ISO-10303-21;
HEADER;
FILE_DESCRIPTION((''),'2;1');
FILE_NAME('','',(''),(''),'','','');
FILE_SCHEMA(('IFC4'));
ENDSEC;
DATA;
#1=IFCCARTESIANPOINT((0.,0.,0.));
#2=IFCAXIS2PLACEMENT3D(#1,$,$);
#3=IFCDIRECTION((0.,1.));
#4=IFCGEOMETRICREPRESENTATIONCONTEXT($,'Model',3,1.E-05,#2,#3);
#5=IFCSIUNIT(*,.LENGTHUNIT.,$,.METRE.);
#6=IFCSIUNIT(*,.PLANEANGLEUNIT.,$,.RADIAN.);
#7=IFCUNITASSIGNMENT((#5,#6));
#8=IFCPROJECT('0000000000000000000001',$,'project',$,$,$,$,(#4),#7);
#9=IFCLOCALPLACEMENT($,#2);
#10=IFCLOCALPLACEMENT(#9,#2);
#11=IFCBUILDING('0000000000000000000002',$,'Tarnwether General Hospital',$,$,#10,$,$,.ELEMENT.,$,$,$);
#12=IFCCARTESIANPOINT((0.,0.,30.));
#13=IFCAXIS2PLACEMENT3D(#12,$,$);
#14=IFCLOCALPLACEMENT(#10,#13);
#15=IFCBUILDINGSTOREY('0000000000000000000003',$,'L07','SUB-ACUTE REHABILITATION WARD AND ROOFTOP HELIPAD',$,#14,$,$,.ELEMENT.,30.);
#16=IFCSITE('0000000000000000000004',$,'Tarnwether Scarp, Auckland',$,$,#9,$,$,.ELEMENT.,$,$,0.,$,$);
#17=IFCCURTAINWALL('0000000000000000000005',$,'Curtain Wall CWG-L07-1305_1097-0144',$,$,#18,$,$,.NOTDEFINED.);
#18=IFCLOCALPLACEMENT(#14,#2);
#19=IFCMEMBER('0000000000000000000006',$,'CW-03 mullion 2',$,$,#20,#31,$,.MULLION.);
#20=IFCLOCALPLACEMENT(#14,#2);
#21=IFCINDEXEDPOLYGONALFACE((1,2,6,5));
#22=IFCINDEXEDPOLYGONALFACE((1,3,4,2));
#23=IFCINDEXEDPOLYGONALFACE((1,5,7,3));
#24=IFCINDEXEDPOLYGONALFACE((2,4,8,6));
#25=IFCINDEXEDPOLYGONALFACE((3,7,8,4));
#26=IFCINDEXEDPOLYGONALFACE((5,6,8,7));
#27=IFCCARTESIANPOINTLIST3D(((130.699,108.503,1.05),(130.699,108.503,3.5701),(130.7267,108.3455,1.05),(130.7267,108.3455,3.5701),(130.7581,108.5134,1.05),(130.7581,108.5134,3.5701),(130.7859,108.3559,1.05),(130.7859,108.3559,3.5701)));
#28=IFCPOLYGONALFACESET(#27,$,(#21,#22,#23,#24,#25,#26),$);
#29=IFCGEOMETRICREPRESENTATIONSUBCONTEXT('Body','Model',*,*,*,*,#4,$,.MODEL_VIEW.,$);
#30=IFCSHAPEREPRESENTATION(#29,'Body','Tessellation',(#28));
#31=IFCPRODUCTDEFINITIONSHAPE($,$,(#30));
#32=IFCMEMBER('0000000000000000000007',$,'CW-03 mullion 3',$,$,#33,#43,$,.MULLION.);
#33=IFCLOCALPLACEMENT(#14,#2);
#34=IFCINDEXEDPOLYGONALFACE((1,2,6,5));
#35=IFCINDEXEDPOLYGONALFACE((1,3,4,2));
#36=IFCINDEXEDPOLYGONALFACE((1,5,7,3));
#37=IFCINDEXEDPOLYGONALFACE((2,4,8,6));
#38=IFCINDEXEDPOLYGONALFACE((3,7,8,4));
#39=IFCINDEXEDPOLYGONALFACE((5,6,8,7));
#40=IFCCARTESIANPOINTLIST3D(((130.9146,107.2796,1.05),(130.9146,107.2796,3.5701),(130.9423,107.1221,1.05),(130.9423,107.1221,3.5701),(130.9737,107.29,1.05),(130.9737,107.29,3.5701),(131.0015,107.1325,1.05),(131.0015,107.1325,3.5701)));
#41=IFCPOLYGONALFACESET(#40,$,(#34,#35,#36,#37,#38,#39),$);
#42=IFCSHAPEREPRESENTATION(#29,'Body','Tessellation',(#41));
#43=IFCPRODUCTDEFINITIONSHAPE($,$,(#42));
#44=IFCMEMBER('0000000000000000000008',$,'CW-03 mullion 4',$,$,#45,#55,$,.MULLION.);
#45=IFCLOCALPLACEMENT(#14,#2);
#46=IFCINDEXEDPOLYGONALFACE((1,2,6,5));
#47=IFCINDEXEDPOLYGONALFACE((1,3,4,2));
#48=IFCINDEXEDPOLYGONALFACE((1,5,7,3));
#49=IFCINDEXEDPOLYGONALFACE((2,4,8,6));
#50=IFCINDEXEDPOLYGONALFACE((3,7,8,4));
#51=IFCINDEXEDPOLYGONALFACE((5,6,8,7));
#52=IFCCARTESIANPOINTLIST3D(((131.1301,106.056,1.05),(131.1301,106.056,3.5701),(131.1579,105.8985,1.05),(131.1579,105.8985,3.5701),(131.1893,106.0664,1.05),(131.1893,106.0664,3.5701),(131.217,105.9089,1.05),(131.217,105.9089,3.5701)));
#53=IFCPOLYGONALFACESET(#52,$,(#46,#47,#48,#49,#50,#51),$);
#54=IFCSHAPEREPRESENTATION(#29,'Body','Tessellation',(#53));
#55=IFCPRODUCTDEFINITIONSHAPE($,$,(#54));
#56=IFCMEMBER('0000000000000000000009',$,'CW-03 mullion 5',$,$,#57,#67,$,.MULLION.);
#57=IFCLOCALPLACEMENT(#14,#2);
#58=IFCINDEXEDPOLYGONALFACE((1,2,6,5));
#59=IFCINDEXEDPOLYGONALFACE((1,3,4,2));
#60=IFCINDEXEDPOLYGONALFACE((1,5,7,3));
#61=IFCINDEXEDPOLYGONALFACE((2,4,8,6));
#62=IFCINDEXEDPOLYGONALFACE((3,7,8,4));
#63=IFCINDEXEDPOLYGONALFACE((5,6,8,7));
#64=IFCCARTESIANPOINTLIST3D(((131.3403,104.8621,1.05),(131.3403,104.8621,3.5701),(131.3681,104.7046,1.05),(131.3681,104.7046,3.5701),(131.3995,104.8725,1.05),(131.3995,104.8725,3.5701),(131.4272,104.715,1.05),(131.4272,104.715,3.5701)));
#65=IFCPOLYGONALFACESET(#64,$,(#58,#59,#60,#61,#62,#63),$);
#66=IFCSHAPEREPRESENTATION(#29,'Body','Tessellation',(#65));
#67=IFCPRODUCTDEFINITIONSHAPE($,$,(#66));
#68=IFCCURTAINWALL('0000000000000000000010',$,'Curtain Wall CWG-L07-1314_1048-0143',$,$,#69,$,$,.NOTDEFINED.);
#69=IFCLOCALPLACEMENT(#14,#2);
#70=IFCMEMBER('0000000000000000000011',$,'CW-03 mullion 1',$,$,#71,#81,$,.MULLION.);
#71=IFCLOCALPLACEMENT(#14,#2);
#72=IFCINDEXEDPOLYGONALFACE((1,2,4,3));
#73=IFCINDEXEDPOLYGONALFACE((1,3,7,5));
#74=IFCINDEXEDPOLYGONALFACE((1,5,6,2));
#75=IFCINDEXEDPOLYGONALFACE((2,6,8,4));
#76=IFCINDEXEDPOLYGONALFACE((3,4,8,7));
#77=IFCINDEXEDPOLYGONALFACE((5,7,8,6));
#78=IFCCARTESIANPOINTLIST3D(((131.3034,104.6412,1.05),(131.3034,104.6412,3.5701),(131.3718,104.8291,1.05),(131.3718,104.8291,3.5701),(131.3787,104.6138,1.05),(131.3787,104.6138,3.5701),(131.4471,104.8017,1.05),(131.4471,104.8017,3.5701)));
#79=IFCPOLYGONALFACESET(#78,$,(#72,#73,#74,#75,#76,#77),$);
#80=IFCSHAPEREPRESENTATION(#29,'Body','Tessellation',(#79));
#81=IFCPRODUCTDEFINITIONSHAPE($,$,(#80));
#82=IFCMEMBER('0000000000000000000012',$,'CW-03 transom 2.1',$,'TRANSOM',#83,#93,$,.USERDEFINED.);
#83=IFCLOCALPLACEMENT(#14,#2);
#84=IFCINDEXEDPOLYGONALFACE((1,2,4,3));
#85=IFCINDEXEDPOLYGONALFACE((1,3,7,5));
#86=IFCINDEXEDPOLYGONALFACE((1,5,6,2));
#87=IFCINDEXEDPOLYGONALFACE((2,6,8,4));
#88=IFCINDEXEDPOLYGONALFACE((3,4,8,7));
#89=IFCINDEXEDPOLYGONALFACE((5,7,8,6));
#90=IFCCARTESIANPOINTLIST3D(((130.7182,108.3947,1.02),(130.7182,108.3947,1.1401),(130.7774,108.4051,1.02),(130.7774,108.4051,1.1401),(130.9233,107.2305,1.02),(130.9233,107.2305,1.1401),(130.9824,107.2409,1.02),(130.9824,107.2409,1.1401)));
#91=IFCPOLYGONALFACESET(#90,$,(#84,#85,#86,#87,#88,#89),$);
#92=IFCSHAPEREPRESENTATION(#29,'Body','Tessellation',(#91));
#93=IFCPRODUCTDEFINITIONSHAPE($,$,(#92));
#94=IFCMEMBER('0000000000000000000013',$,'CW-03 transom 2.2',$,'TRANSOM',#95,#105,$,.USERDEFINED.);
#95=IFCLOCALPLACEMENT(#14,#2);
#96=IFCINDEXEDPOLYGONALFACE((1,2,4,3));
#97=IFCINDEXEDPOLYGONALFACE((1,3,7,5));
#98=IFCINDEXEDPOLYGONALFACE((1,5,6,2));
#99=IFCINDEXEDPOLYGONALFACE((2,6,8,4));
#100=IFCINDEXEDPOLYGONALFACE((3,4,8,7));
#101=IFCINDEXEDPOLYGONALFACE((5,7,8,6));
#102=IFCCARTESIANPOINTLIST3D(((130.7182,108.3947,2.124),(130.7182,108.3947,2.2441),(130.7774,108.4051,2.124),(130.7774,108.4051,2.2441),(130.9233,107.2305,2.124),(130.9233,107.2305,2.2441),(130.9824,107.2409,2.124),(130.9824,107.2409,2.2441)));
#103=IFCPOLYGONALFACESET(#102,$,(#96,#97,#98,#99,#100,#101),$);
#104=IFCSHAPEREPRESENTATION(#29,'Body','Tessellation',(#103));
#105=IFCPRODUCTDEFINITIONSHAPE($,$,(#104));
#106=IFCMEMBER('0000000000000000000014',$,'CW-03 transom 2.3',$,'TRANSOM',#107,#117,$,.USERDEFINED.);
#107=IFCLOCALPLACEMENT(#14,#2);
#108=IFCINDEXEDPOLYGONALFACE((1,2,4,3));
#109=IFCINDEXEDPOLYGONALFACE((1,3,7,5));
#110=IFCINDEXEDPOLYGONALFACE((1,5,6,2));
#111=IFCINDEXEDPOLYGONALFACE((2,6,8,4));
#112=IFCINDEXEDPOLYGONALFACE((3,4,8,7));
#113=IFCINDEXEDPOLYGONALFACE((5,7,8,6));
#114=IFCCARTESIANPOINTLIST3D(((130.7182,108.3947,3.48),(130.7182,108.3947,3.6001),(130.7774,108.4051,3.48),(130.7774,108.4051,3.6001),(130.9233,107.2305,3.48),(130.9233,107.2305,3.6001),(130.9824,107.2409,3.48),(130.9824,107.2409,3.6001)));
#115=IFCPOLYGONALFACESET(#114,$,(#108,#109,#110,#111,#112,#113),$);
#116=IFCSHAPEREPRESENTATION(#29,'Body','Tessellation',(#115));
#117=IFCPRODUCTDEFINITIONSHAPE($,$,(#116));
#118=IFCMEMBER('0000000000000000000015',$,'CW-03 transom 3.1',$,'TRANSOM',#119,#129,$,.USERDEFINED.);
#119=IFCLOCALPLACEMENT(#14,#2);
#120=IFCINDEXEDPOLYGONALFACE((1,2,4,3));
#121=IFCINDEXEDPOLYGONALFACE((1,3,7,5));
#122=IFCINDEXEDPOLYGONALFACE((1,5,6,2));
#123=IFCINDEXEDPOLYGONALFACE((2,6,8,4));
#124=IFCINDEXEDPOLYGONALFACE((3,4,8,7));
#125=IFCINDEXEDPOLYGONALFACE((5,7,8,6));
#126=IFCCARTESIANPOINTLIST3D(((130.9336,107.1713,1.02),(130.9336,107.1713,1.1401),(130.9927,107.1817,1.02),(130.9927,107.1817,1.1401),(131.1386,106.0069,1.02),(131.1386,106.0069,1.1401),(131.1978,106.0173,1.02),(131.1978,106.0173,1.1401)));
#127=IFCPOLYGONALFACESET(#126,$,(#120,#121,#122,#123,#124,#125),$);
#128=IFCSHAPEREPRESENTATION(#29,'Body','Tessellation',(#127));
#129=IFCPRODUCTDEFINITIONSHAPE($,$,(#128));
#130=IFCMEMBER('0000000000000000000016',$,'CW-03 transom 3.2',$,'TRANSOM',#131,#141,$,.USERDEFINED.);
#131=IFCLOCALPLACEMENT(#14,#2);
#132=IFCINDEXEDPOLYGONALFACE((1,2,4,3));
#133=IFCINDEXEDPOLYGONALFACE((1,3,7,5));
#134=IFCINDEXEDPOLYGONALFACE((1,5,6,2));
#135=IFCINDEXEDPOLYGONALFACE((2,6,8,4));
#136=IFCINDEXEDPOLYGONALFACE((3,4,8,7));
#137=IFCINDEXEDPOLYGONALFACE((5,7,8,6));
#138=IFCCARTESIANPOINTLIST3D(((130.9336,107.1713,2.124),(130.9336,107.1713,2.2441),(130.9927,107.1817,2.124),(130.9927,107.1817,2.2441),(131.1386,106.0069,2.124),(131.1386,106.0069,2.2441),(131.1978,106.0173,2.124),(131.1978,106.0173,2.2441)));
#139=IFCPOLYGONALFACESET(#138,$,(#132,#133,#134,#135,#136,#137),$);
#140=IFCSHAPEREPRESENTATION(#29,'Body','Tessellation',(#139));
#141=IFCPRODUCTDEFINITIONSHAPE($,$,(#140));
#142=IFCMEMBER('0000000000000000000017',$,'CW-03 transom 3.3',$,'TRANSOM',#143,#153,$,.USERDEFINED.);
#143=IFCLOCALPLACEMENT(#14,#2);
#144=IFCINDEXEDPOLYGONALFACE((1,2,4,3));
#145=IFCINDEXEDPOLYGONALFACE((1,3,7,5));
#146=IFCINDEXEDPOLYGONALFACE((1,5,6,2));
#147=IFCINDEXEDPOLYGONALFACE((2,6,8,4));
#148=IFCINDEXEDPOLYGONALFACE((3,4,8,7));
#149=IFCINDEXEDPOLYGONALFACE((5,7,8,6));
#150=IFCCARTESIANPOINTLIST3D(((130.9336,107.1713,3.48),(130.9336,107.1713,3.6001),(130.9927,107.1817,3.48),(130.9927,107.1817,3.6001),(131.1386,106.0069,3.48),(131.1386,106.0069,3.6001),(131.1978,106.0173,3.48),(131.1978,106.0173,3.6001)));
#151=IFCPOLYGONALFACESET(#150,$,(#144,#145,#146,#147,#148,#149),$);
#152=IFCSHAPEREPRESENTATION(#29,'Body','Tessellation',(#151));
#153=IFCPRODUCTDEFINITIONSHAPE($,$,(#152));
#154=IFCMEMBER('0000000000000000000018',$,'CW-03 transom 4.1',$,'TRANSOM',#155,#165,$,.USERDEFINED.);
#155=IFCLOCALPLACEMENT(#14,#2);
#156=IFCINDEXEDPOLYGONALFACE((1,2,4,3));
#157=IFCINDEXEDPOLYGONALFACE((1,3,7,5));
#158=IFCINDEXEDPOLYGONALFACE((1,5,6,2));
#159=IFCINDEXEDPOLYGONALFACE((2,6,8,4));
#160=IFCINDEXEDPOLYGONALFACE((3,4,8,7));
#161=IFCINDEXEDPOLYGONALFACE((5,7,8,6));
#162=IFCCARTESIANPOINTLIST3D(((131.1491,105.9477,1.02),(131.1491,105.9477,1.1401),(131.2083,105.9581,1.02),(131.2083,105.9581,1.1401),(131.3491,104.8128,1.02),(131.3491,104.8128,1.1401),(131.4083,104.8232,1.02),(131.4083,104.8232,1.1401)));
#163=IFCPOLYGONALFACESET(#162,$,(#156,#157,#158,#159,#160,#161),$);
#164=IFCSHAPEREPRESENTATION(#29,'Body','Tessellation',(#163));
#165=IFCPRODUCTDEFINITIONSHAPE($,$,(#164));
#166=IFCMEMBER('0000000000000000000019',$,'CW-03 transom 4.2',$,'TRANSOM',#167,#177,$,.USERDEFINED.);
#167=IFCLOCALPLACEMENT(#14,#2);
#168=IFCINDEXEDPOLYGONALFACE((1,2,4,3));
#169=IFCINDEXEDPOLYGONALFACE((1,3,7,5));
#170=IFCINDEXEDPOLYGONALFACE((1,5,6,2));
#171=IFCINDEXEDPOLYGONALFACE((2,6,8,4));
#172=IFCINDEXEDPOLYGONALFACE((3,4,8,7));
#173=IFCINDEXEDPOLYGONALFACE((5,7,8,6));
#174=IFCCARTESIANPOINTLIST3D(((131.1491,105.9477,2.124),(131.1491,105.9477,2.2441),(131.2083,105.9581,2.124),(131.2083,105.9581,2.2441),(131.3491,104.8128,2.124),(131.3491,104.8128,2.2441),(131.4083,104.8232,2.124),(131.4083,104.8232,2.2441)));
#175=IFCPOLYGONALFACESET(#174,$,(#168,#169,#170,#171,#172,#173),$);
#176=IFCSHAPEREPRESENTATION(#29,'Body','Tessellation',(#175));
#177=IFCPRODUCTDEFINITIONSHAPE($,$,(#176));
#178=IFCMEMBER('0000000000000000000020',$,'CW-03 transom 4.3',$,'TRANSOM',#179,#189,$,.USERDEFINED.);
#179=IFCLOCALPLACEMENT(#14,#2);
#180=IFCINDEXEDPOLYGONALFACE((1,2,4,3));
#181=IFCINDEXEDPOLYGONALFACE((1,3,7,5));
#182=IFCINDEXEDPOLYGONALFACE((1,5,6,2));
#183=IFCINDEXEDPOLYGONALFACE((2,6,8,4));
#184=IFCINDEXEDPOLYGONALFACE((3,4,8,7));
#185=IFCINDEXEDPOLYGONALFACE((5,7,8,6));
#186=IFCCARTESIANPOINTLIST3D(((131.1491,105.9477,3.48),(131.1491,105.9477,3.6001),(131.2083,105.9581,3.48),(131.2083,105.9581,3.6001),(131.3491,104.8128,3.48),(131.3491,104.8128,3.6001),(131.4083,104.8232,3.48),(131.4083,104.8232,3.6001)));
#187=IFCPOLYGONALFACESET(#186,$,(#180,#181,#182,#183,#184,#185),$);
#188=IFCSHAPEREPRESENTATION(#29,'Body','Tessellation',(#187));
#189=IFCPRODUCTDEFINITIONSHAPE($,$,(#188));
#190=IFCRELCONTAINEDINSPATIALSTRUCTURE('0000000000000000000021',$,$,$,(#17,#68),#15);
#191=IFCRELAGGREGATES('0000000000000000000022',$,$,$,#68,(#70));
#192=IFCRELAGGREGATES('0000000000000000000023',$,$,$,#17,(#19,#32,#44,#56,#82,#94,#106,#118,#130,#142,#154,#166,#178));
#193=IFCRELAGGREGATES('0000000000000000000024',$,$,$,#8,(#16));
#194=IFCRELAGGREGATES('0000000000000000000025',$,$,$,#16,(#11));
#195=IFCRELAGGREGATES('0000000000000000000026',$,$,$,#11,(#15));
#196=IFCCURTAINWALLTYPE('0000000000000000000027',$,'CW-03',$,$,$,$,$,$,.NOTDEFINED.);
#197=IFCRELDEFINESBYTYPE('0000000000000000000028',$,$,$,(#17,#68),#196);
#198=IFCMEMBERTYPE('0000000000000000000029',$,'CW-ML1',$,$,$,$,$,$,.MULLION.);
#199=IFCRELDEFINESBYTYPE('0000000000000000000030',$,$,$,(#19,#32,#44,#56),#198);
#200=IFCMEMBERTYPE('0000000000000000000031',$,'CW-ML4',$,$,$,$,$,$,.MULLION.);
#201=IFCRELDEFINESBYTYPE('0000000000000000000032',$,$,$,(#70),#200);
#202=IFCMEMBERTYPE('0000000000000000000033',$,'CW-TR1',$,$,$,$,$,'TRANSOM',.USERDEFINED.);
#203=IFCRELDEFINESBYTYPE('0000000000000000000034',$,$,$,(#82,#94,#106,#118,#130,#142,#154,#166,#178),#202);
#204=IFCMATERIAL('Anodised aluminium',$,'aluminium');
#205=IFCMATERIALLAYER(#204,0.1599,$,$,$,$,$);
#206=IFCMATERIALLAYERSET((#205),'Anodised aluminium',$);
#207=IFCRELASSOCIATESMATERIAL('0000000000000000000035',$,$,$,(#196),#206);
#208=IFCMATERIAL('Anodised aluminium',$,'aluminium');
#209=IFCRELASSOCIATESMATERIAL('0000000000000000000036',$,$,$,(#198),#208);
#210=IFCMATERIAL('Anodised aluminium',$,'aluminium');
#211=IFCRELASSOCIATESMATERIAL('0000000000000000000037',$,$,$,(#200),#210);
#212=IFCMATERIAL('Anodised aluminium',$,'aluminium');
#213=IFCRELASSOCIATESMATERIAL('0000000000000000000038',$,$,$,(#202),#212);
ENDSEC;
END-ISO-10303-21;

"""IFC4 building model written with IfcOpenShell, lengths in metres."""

from ifc_helpers import new_model, si_unit, direction, frame, origin, origin_2d, place, context, subcontext, project, spatial, rectangle, extrude, material, layer, layer_set, material_profile, profile_set, type_object, element, aggregate, save


model = new_model("IFC4")

# Units and contexts
model_context = context("Model", 3, precision=1e-05, world=origin(), true_north=direction((0.0, 1.0)))
body_context = subcontext(model_context, "Body", "Model", "MODEL_VIEW")
ifc_project = project(units=[si_unit("LENGTHUNIT", "METRE"), si_unit("PLANEANGLEUNIT", "RADIAN")], contexts=[model_context])

# Site, building, storey
site_placement = place(None, origin())
site = spatial("IfcSite", under=ifc_project, at=site_placement, Name="Tarnwether Scarp, Auckland", CompositionType="ELEMENT", RefElevation=0.0)
building_placement = place(site_placement, origin())
building = spatial("IfcBuilding", under=site, at=building_placement, Name="Tarnwether General Hospital", CompositionType="ELEMENT")
storey_placement = place(building_placement, frame((0.0, 0.0, 30.0)))
storey = spatial("IfcBuildingStorey", under=building, at=storey_placement, Name="L07", Description="SUB-ACUTE REHABILITATION WARD AND ROOFTOP HELIPAD", CompositionType="ELEMENT", Elevation=30.0)

# Curtain wall, members
ifc_material_1 = material(Name="Anodised aluminium", Category="aluminium")
ifc_layer_1 = layer(ifc_material_1, 0.1599)
ifc_layer_set_1 = layer_set([ifc_layer_1], Name="Anodised aluminium")
curtain_wall_type = type_object("IfcCurtainWallType", Name="CW-03", PredefinedType="NOTDEFINED", material=ifc_layer_set_1)
curtain_wall_1_placement = place(storey_placement, origin())
curtain_wall_1 = element("IfcCurtainWall", 1, at=curtain_wall_1_placement, inside=storey, type_object=curtain_wall_type, Name="Curtain Wall CWG-L07-1305_1097-0144", PredefinedType="NOTDEFINED")
ifc_material_2 = material(Name="Anodised aluminium", Category="aluminium")
ifc_material_profile_1 = material_profile(ifc_material_2, rectangle(XDim=0.0601, YDim=0.1599, at=origin_2d()), Name="ALU-MUL-60x160")
ifc_profile_set_1 = profile_set([ifc_material_profile_1], Name="Anodised aluminium")
member_type_1 = type_object("IfcMemberType", Name="CW-ML1", PredefinedType="MULLION", material=ifc_profile_set_1)
member_1_placement = place(storey_placement, frame((130.7424, 108.4294, 1.05), z_axis=(0.0, 0.0, 1.0), x_axis=(0.98484, 0.173464, 0.0)))
member_1 = element("IfcMember", 2, at=member_1_placement, type_object=member_type_1, Name="CW-03 mullion 2", PredefinedType="MULLION", context=body_context, shape_type="SweptSolid", body=[
    extrude(rectangle(XDim=0.0601, YDim=0.1599, at=origin_2d()), origin(), (0.0, 0.0, 1.0), 2.52),
])
member_2_placement = place(storey_placement, frame((130.958, 107.2061, 1.05), z_axis=(0.0, 0.0, 1.0), x_axis=(0.98484, 0.173464, 0.0)))
member_2 = element("IfcMember", 3, at=member_2_placement, type_object=member_type_1, Name="CW-03 mullion 3", PredefinedType="MULLION", context=body_context, shape_type="SweptSolid", body=[
    extrude(rectangle(XDim=0.0601, YDim=0.1599, at=origin_2d()), origin(), (0.0, 0.0, 1.0), 2.52),
])
member_3_placement = place(storey_placement, frame((131.1736, 105.9824, 1.05), z_axis=(0.0, 0.0, 1.0), x_axis=(0.98484, 0.173464, 0.0)))
member_3 = element("IfcMember", 4, at=member_3_placement, type_object=member_type_1, Name="CW-03 mullion 4", PredefinedType="MULLION", context=body_context, shape_type="SweptSolid", body=[
    extrude(rectangle(XDim=0.0601, YDim=0.1599, at=origin_2d()), origin(), (0.0, 0.0, 1.0), 2.52),
])
member_4_placement = place(storey_placement, frame((131.3838, 104.7886, 1.05), z_axis=(0.0, 0.0, 1.0), x_axis=(0.98484, 0.173464, 0.0)))
member_4 = element("IfcMember", 5, at=member_4_placement, type_object=member_type_1, Name="CW-03 mullion 5", PredefinedType="MULLION", context=body_context, shape_type="SweptSolid", body=[
    extrude(rectangle(XDim=0.0601, YDim=0.1599, at=origin_2d()), origin(), (0.0, 0.0, 1.0), 2.52),
])

# Curtain wall, member
curtain_wall_2_placement = place(storey_placement, origin())
curtain_wall_2 = element("IfcCurtainWall", 6, at=curtain_wall_2_placement, inside=storey, type_object=curtain_wall_type, Name="Curtain Wall CWG-L07-1314_1048-0143", PredefinedType="NOTDEFINED")
ifc_material_3 = material(Name="Anodised aluminium", Category="aluminium")
ifc_material_profile_2 = material_profile(ifc_material_3, rectangle(XDim=0.0801, YDim=0.2, at=origin_2d()), Name="ALU-MUL-80x200")
ifc_profile_set_2 = profile_set([ifc_material_profile_2], Name="Anodised aluminium")
member_type_2 = type_object("IfcMemberType", Name="CW-ML4", PredefinedType="MULLION", material=ifc_profile_set_2)
member_5_placement = place(storey_placement, frame((131.3752, 104.7214, 1.05), z_axis=(0.0, 0.0, 1.0), x_axis=(0.939717, -0.341953, 0.0)))
member_5 = element("IfcMember", 7, at=member_5_placement, type_object=member_type_2, Name="CW-03 mullion 1", PredefinedType="MULLION", context=body_context, shape_type="SweptSolid", body=[
    extrude(rectangle(XDim=0.0801, YDim=0.2, at=origin_2d()), origin(), (0.0, 0.0, 1.0), 2.52),
])

# Members
ifc_material_4 = material(Name="Anodised aluminium", Category="aluminium")
ifc_material_profile_3 = material_profile(ifc_material_4, rectangle(XDim=0.0601, YDim=0.1201, at=origin_2d()), Name="ALU-TRN-60x120")
ifc_profile_set_3 = profile_set([ifc_material_profile_3], Name="Anodised aluminium")
member_type_3 = type_object("IfcMemberType", Name="CW-TR1", ElementType="TRANSOM", PredefinedType="USERDEFINED", material=ifc_profile_set_3)
member_6_placement = place(storey_placement, frame((130.7478, 108.3999, 1.0801), z_axis=(0.173467, -0.98484, 0.0), x_axis=(0.98484, 0.173467, 0.0)))
member_6 = element("IfcMember", 8, at=member_6_placement, type_object=member_type_3, Name="CW-03 transom 2.1", ObjectType="TRANSOM", PredefinedType="USERDEFINED", context=body_context, shape_type="SweptSolid", body=[
    extrude(rectangle(XDim=0.0601, YDim=0.1201, at=origin_2d()), origin(), (0.0, 0.0, 1.0), 1.1821),
])
member_7_placement = place(storey_placement, frame((130.7478, 108.3999, 2.1841), z_axis=(0.173467, -0.98484, 0.0), x_axis=(0.98484, 0.173467, 0.0)))
member_7 = element("IfcMember", 9, at=member_7_placement, type_object=member_type_3, Name="CW-03 transom 2.2", ObjectType="TRANSOM", PredefinedType="USERDEFINED", context=body_context, shape_type="SweptSolid", body=[
    extrude(rectangle(XDim=0.0601, YDim=0.1201, at=origin_2d()), origin(), (0.0, 0.0, 1.0), 1.1821),
])
member_8_placement = place(storey_placement, frame((130.7478, 108.3999, 3.54), z_axis=(0.173467, -0.98484, 0.0), x_axis=(0.98484, 0.173467, 0.0)))
member_8 = element("IfcMember", 10, at=member_8_placement, type_object=member_type_3, Name="CW-03 transom 2.3", ObjectType="TRANSOM", PredefinedType="USERDEFINED", context=body_context, shape_type="SweptSolid", body=[
    extrude(rectangle(XDim=0.0601, YDim=0.1201, at=origin_2d()), origin(), (0.0, 0.0, 1.0), 1.1821),
])
member_9_placement = place(storey_placement, frame((130.9631, 107.1765, 1.0801), z_axis=(0.173432, -0.984846, 0.0), x_axis=(0.984846, 0.173432, 0.0)))
member_9 = element("IfcMember", 11, at=member_9_placement, type_object=member_type_3, Name="CW-03 transom 3.1", ObjectType="TRANSOM", PredefinedType="USERDEFINED", context=body_context, shape_type="SweptSolid", body=[
    extrude(rectangle(XDim=0.0601, YDim=0.1201, at=origin_2d()), origin(), (0.0, 0.0, 1.0), 1.1824),
])
member_10_placement = place(storey_placement, frame((130.9631, 107.1765, 2.1841), z_axis=(0.173432, -0.984846, 0.0), x_axis=(0.984846, 0.173432, 0.0)))
member_10 = element("IfcMember", 12, at=member_10_placement, type_object=member_type_3, Name="CW-03 transom 3.2", ObjectType="TRANSOM", PredefinedType="USERDEFINED", context=body_context, shape_type="SweptSolid", body=[
    extrude(rectangle(XDim=0.0601, YDim=0.1201, at=origin_2d()), origin(), (0.0, 0.0, 1.0), 1.1824),
])
member_11_placement = place(storey_placement, frame((130.9631, 107.1765, 3.54), z_axis=(0.173432, -0.984846, 0.0), x_axis=(0.984846, 0.173432, 0.0)))
member_11 = element("IfcMember", 13, at=member_11_placement, type_object=member_type_3, Name="CW-03 transom 3.3", ObjectType="TRANSOM", PredefinedType="USERDEFINED", context=body_context, shape_type="SweptSolid", body=[
    extrude(rectangle(XDim=0.0601, YDim=0.1201, at=origin_2d()), origin(), (0.0, 0.0, 1.0), 1.1824),
])
member_12_placement = place(storey_placement, frame((131.1787, 105.9529, 1.0801), z_axis=(0.173531, -0.984828, 0.0), x_axis=(0.984828, 0.173531, 0.0)))
member_12 = element("IfcMember", 14, at=member_12_placement, type_object=member_type_3, Name="CW-03 transom 4.1", ObjectType="TRANSOM", PredefinedType="USERDEFINED", context=body_context, shape_type="SweptSolid", body=[
    extrude(rectangle(XDim=0.0601, YDim=0.1201, at=origin_2d()), origin(), (0.0, 0.0, 1.0), 1.1523),
])
member_13_placement = place(storey_placement, frame((131.1787, 105.9529, 2.1841), z_axis=(0.173531, -0.984828, 0.0), x_axis=(0.984828, 0.173531, 0.0)))
member_13 = element("IfcMember", 15, at=member_13_placement, type_object=member_type_3, Name="CW-03 transom 4.2", ObjectType="TRANSOM", PredefinedType="USERDEFINED", context=body_context, shape_type="SweptSolid", body=[
    extrude(rectangle(XDim=0.0601, YDim=0.1201, at=origin_2d()), origin(), (0.0, 0.0, 1.0), 1.1523),
])
member_14_placement = place(storey_placement, frame((131.1787, 105.9529, 3.54), z_axis=(0.173531, -0.984828, 0.0), x_axis=(0.984828, 0.173531, 0.0)))
member_14 = element("IfcMember", 16, at=member_14_placement, type_object=member_type_3, Name="CW-03 transom 4.3", ObjectType="TRANSOM", PredefinedType="USERDEFINED", context=body_context, shape_type="SweptSolid", body=[
    extrude(rectangle(XDim=0.0601, YDim=0.1201, at=origin_2d()), origin(), (0.0, 0.0, 1.0), 1.1523),
])
aggregate(curtain_wall_2, [member_5])

aggregate(curtain_wall_1, [member_1, member_2, member_3, member_4, member_6, member_7, member_8, member_9, member_10, member_11, member_12, member_13, member_14])

save(model, "model.ifc")
